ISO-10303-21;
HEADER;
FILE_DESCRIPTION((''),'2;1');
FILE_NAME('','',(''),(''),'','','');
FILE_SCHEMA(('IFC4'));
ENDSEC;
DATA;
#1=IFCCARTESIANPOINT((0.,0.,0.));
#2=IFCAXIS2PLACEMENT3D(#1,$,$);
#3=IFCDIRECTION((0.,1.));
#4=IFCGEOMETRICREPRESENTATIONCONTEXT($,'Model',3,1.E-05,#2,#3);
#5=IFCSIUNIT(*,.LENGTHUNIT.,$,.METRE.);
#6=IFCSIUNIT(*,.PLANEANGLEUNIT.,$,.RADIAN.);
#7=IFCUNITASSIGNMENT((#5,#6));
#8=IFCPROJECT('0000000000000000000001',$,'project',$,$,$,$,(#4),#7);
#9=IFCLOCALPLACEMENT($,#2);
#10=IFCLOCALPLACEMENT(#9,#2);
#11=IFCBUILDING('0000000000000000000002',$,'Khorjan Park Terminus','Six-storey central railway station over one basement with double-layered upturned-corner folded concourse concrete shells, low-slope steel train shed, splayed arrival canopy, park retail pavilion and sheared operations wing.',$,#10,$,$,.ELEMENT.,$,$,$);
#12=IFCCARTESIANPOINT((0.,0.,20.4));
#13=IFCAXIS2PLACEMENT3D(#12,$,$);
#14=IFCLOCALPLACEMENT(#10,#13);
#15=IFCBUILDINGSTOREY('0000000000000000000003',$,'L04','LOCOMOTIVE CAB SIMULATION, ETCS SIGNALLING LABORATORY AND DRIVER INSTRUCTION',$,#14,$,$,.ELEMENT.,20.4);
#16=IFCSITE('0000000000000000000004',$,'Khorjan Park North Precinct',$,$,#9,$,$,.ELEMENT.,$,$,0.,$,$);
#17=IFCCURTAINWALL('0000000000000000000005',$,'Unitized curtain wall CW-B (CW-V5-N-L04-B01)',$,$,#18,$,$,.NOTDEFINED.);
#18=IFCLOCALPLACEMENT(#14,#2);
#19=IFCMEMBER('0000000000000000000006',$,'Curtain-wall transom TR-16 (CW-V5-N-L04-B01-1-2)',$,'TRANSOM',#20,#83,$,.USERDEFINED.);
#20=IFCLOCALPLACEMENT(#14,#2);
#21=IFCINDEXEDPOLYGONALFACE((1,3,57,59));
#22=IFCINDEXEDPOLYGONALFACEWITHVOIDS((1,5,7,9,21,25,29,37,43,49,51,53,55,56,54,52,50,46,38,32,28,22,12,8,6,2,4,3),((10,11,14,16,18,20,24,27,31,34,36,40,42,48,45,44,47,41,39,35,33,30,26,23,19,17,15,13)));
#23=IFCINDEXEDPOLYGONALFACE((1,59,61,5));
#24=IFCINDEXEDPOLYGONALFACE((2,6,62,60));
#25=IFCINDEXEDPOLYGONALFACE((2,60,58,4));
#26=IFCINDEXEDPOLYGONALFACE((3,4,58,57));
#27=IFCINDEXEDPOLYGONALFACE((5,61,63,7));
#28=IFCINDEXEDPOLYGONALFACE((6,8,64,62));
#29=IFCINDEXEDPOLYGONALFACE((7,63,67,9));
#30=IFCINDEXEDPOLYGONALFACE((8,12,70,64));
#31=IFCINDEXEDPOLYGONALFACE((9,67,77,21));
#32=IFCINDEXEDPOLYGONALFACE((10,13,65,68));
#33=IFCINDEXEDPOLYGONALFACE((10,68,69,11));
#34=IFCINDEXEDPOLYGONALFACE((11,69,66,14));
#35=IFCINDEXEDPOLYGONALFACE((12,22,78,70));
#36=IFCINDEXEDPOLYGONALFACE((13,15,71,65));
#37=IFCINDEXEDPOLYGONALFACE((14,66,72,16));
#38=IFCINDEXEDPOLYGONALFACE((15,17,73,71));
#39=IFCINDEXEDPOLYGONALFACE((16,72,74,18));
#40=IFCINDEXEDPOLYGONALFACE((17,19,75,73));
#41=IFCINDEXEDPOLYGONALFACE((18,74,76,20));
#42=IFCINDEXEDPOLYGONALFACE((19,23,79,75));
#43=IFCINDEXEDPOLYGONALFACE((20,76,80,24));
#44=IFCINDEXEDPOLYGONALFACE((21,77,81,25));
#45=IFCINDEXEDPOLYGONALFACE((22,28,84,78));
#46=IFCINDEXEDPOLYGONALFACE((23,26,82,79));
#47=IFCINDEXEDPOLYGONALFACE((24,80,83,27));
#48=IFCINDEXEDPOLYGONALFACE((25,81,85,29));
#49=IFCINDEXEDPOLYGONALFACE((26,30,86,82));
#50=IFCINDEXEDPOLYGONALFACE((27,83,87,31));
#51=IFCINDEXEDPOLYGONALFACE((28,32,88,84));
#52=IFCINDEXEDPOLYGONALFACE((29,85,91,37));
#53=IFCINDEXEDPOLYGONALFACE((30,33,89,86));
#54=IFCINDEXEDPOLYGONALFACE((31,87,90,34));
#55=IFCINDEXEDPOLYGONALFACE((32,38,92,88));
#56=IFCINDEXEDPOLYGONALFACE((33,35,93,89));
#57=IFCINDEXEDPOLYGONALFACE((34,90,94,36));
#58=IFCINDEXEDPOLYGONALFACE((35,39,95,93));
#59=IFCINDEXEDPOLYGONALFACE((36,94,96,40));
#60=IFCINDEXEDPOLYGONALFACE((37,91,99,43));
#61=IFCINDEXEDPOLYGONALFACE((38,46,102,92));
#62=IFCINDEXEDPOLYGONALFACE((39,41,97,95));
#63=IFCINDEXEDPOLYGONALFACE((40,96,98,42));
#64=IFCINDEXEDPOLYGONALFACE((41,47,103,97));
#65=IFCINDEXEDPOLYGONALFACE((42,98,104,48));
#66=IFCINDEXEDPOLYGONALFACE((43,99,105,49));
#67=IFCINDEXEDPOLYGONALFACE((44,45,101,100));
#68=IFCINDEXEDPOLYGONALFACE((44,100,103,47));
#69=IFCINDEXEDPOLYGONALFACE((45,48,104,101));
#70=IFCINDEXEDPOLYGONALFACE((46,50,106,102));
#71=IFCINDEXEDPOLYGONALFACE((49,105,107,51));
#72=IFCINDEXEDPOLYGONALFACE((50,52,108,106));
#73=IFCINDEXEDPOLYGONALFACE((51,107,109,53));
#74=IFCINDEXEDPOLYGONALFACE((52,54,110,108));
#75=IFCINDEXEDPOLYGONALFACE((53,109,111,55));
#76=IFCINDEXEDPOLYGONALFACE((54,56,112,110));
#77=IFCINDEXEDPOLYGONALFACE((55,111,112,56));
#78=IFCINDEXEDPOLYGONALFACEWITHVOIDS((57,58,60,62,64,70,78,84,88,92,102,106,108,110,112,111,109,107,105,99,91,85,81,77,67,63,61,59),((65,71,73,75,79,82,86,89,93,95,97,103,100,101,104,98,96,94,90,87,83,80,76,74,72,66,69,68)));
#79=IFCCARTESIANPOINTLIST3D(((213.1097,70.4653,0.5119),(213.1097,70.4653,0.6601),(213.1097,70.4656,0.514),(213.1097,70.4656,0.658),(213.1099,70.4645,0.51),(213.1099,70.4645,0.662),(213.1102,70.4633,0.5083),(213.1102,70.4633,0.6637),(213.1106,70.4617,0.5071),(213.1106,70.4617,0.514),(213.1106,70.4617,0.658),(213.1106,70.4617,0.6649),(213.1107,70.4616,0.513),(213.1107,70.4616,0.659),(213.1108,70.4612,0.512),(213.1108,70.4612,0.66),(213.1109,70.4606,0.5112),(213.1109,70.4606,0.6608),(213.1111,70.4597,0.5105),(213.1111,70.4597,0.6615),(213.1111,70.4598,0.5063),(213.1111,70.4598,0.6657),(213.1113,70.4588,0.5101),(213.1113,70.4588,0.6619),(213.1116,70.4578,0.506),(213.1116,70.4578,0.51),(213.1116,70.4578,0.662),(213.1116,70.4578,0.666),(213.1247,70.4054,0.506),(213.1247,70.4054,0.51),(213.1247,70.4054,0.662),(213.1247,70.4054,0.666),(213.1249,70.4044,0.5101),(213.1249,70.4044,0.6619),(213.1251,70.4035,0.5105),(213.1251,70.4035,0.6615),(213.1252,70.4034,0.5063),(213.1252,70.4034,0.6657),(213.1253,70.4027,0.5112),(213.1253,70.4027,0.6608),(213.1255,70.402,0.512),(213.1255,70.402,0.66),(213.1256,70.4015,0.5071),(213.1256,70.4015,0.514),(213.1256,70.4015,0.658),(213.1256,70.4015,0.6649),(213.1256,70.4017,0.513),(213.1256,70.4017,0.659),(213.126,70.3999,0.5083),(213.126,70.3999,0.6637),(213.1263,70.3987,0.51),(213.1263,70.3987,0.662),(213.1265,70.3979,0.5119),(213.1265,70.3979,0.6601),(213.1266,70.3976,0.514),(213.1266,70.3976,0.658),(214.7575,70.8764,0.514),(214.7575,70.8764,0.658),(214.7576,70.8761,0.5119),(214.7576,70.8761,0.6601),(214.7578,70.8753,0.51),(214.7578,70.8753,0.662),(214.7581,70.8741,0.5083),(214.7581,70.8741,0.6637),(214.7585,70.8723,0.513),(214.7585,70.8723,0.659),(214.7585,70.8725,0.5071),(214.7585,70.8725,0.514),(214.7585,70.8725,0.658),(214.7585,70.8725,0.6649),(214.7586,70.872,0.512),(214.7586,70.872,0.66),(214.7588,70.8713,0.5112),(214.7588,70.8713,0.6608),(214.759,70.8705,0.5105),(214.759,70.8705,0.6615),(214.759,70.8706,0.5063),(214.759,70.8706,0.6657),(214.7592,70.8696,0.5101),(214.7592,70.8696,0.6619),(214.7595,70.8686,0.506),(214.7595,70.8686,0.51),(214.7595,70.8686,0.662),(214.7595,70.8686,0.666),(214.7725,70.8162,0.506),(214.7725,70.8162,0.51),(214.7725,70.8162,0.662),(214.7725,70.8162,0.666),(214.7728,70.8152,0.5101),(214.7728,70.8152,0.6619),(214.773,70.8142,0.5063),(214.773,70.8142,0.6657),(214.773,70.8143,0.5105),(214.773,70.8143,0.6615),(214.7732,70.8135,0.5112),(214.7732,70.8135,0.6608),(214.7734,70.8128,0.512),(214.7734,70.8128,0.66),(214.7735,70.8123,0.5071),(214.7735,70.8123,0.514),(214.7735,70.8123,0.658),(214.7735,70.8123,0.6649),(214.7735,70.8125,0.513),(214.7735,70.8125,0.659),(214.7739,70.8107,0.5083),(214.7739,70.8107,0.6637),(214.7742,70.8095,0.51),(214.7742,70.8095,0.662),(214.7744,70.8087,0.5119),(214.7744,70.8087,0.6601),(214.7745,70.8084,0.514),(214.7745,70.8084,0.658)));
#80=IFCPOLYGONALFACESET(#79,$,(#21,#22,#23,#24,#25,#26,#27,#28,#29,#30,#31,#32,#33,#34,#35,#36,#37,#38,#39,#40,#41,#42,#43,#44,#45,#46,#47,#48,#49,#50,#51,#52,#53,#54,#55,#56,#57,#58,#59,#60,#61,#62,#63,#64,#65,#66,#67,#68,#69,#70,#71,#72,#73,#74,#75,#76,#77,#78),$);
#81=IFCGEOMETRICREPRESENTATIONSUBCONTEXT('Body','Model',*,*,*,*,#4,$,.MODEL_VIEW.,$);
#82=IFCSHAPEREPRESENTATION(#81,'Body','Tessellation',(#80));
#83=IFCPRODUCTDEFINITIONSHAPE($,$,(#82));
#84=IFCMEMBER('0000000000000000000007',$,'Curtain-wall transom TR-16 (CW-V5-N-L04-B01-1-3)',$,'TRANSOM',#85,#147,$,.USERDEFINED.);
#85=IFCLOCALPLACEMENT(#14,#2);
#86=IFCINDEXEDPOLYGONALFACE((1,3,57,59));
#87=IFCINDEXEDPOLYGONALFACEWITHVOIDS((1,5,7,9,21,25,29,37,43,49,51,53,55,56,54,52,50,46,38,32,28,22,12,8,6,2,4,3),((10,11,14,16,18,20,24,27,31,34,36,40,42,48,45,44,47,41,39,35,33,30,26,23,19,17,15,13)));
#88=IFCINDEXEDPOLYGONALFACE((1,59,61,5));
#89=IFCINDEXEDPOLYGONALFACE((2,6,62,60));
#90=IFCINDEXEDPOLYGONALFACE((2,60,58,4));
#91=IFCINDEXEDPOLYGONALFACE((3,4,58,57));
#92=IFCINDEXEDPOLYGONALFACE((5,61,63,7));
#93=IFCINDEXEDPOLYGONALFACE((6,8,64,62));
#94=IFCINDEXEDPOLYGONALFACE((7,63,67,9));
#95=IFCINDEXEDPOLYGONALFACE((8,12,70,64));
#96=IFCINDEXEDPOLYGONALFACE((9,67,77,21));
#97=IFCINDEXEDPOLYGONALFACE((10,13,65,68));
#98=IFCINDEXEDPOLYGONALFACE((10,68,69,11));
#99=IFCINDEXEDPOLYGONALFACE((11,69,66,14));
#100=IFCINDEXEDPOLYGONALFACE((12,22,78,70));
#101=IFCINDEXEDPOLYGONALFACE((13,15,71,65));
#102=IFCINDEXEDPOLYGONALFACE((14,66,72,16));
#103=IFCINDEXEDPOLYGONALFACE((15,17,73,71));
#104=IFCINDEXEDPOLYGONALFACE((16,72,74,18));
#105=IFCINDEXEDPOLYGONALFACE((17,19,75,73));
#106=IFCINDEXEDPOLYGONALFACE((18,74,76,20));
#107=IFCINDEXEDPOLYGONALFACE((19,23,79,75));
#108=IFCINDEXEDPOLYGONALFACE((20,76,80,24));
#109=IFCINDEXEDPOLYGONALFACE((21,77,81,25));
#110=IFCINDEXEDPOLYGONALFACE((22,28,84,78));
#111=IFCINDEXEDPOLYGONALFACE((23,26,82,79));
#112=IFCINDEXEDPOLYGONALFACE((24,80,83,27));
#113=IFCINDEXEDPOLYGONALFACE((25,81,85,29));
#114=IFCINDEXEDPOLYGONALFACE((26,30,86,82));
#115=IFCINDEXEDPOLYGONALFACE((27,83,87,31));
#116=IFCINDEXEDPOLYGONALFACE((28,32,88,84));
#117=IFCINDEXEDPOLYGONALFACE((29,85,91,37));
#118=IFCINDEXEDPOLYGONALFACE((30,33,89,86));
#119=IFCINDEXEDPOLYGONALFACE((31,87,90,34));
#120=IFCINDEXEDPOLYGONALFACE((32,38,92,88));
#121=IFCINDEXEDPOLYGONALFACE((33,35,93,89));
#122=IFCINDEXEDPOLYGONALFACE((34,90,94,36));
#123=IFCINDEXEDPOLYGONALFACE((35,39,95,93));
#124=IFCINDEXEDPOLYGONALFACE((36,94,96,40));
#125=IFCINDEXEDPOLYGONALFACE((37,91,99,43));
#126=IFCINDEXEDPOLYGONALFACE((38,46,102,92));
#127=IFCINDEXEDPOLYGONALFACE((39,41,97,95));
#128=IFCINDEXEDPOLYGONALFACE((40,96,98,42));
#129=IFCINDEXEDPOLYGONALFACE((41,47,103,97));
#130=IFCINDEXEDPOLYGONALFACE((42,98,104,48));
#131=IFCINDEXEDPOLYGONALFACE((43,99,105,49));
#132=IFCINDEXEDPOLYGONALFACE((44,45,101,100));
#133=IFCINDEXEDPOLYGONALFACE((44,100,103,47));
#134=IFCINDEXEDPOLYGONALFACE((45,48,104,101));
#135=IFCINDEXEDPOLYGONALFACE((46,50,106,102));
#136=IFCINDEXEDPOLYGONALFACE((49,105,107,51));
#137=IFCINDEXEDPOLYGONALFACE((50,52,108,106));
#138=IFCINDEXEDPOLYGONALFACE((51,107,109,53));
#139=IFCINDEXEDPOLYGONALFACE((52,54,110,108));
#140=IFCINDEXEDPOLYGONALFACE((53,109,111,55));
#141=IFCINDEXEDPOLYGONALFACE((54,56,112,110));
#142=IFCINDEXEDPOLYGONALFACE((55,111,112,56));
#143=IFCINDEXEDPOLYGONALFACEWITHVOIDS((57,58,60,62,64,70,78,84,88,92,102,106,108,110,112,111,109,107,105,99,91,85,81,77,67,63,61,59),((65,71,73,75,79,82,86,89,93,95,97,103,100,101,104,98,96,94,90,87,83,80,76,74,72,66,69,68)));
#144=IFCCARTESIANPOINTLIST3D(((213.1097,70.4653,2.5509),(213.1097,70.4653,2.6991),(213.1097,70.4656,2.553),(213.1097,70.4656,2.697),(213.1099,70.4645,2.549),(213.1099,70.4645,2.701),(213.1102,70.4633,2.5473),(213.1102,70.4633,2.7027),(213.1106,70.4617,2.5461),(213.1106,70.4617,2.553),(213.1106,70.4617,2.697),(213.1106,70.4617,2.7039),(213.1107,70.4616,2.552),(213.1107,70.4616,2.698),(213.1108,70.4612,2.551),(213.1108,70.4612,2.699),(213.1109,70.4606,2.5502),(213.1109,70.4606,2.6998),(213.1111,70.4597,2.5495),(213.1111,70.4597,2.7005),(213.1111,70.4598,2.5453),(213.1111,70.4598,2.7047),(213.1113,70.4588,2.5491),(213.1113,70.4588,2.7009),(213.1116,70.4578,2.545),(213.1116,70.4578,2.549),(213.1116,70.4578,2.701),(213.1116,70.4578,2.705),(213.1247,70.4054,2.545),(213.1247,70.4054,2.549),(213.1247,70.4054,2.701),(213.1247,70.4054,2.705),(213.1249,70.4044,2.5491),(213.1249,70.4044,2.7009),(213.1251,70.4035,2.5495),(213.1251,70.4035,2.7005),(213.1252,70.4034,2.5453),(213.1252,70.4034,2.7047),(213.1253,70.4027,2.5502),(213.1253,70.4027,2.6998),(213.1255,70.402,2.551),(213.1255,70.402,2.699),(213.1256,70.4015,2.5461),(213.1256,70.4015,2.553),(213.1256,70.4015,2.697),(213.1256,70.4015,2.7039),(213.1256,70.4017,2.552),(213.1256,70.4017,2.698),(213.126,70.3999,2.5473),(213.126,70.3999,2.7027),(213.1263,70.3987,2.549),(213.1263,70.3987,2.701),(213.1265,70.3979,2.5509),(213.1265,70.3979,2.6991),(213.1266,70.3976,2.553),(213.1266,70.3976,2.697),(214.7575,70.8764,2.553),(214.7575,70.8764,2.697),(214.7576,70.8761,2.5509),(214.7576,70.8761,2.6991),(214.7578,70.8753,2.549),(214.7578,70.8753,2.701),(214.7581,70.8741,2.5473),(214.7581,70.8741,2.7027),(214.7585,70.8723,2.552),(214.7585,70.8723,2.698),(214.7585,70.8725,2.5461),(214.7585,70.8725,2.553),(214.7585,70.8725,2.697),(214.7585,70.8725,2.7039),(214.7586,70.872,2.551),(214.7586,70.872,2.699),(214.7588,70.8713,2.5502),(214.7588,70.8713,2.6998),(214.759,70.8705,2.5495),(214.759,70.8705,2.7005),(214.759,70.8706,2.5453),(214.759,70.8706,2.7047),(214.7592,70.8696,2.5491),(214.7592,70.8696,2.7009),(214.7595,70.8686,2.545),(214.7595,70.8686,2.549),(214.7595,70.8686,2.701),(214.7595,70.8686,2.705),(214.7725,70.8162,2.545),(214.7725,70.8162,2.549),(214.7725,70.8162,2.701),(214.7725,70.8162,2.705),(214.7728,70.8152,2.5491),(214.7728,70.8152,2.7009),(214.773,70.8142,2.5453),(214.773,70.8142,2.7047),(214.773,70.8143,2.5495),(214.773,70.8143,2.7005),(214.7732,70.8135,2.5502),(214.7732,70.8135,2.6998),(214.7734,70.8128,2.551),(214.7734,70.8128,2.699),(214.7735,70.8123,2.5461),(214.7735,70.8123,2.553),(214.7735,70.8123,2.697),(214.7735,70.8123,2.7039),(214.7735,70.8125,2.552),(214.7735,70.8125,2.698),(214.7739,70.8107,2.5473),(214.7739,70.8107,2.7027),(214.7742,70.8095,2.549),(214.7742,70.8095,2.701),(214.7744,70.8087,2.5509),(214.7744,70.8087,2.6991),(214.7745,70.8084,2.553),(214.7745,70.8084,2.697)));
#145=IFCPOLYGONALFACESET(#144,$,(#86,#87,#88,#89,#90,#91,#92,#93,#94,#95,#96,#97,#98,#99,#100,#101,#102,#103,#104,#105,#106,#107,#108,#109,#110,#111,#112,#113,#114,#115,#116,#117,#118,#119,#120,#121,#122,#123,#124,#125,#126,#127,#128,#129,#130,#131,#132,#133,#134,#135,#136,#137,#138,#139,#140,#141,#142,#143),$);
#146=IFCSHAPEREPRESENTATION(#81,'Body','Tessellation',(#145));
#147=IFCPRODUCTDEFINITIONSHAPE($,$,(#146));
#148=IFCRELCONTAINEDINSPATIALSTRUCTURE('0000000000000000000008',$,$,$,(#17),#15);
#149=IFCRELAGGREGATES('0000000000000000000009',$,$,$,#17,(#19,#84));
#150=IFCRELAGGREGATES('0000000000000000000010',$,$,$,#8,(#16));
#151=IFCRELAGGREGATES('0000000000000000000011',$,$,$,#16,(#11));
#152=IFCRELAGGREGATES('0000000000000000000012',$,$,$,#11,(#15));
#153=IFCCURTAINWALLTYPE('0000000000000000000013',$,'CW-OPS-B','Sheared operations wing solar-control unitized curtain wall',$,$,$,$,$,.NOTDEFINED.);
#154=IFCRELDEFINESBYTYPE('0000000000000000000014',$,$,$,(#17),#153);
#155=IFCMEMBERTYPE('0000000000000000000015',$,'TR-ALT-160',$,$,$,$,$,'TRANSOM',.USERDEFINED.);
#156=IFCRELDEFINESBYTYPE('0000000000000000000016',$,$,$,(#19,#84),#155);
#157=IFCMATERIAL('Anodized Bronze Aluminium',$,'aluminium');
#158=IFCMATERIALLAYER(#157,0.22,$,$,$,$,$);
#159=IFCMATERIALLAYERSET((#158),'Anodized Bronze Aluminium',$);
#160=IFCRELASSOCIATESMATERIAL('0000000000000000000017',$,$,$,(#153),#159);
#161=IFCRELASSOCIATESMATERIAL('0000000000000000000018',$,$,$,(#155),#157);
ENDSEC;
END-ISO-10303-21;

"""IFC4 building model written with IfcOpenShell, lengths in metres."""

from ifc_helpers import new_model, si_unit, direction, frame, origin, origin_2d, place, context, subcontext, project, spatial, hollow_rectangle, extrude, material, layer, layer_set, material_profile, profile_set, type_object, element, aggregate, save


model = new_model("IFC4")

# Units and contexts
model_context = context("Model", 3, precision=1e-05, world=origin(), true_north=direction((0.0, 1.0)))
body_context = subcontext(model_context, "Body", "Model", "MODEL_VIEW")
ifc_project = project(units=[si_unit("LENGTHUNIT", "METRE"), si_unit("PLANEANGLEUNIT", "RADIAN")], contexts=[model_context])

# Site, building, storey
site_placement = place(None, origin())
site = spatial("IfcSite", under=ifc_project, at=site_placement, Name="Khorjan Park North Precinct", CompositionType="ELEMENT", RefElevation=0.0)
building_placement = place(site_placement, origin())
building = spatial("IfcBuilding", under=site, at=building_placement, Name="Khorjan Park Terminus", Description="Six-storey central railway station over one basement with double-layered upturned-corner folded concourse concrete shells, low-slope steel train shed, splayed arrival canopy, park retail pavilion and sheared operations wing.", CompositionType="ELEMENT")
storey_placement = place(building_placement, frame((0.0, 0.0, 20.4)))
storey = spatial("IfcBuildingStorey", under=building, at=storey_placement, Name="L04", Description="LOCOMOTIVE CAB SIMULATION, ETCS SIGNALLING LABORATORY AND DRIVER INSTRUCTION", CompositionType="ELEMENT", Elevation=20.4)

# Shared definitions
ifc_material_1 = material(Name="Anodized Bronze Aluminium", Category="aluminium")
ifc_layer_1 = layer(ifc_material_1, 0.22)
ifc_layer_set_1 = layer_set([ifc_layer_1], Name="Anodized Bronze Aluminium")
curtain_wall_type = type_object("IfcCurtainWallType", Name="CW-OPS-B", Description="Sheared operations wing solar-control unitized curtain wall", PredefinedType="NOTDEFINED", material=ifc_layer_set_1)

# Curtain wall, members
curtain_wall_1_placement = place(storey_placement, origin())
curtain_wall_1 = element("IfcCurtainWall", 1, at=curtain_wall_1_placement, inside=storey, type_object=curtain_wall_type, Name="Unitized curtain wall CW-B (CW-V5-N-L04-B01)", PredefinedType="NOTDEFINED")
ifc_material_profile_1 = material_profile(ifc_material_1, hollow_rectangle(XDim=0.07, YDim=0.16, WallThickness=0.004, InnerFilletRadius=0.004, OuterFilletRadius=0.008, at=origin_2d()), Name="ALT 70x160x4")
ifc_profile_set_1 = profile_set([ifc_material_profile_1], Name="Anodized Bronze Aluminium")
member_type_1 = type_object("IfcMemberType", Name="TR-ALT-160", ElementType="TRANSOM", PredefinedType="USERDEFINED", material=ifc_profile_set_1)
member_1_placement = place(storey_placement, frame((214.766, 70.8424, 0.586), z_axis=(-0.970305, -0.241884, 0.0), x_axis=(0.241884, -0.970305, 0.0)))
member_1 = element("IfcMember", 2, at=member_1_placement, type_object=member_type_1, Name="Curtain-wall transom TR-16 (CW-V5-N-L04-B01-1-2)", ObjectType="TRANSOM", PredefinedType="USERDEFINED", context=body_context, shape_type="SweptSolid", body=[
    extrude(hollow_rectangle(XDim=0.07, YDim=0.16, WallThickness=0.004, InnerFilletRadius=0.004, OuterFilletRadius=0.008, at=origin_2d()), origin(), (0.0, 0.0, 1.0), 1.6983),
])
member_2_placement = place(storey_placement, frame((214.766, 70.8424, 2.625), z_axis=(-0.970305, -0.241884, 0.0), x_axis=(0.241884, -0.970305, 0.0)))
member_2 = element("IfcMember", 3, at=member_2_placement, type_object=member_type_1, Name="Curtain-wall transom TR-16 (CW-V5-N-L04-B01-1-3)", ObjectType="TRANSOM", PredefinedType="USERDEFINED", context=body_context, shape_type="SweptSolid", body=[
    extrude(hollow_rectangle(XDim=0.07, YDim=0.16, WallThickness=0.004, InnerFilletRadius=0.004, OuterFilletRadius=0.008, at=origin_2d()), origin(), (0.0, 0.0, 1.0), 1.6983),
])

aggregate(curtain_wall_1, [member_1, member_2])

save(model, "model.ifc")
